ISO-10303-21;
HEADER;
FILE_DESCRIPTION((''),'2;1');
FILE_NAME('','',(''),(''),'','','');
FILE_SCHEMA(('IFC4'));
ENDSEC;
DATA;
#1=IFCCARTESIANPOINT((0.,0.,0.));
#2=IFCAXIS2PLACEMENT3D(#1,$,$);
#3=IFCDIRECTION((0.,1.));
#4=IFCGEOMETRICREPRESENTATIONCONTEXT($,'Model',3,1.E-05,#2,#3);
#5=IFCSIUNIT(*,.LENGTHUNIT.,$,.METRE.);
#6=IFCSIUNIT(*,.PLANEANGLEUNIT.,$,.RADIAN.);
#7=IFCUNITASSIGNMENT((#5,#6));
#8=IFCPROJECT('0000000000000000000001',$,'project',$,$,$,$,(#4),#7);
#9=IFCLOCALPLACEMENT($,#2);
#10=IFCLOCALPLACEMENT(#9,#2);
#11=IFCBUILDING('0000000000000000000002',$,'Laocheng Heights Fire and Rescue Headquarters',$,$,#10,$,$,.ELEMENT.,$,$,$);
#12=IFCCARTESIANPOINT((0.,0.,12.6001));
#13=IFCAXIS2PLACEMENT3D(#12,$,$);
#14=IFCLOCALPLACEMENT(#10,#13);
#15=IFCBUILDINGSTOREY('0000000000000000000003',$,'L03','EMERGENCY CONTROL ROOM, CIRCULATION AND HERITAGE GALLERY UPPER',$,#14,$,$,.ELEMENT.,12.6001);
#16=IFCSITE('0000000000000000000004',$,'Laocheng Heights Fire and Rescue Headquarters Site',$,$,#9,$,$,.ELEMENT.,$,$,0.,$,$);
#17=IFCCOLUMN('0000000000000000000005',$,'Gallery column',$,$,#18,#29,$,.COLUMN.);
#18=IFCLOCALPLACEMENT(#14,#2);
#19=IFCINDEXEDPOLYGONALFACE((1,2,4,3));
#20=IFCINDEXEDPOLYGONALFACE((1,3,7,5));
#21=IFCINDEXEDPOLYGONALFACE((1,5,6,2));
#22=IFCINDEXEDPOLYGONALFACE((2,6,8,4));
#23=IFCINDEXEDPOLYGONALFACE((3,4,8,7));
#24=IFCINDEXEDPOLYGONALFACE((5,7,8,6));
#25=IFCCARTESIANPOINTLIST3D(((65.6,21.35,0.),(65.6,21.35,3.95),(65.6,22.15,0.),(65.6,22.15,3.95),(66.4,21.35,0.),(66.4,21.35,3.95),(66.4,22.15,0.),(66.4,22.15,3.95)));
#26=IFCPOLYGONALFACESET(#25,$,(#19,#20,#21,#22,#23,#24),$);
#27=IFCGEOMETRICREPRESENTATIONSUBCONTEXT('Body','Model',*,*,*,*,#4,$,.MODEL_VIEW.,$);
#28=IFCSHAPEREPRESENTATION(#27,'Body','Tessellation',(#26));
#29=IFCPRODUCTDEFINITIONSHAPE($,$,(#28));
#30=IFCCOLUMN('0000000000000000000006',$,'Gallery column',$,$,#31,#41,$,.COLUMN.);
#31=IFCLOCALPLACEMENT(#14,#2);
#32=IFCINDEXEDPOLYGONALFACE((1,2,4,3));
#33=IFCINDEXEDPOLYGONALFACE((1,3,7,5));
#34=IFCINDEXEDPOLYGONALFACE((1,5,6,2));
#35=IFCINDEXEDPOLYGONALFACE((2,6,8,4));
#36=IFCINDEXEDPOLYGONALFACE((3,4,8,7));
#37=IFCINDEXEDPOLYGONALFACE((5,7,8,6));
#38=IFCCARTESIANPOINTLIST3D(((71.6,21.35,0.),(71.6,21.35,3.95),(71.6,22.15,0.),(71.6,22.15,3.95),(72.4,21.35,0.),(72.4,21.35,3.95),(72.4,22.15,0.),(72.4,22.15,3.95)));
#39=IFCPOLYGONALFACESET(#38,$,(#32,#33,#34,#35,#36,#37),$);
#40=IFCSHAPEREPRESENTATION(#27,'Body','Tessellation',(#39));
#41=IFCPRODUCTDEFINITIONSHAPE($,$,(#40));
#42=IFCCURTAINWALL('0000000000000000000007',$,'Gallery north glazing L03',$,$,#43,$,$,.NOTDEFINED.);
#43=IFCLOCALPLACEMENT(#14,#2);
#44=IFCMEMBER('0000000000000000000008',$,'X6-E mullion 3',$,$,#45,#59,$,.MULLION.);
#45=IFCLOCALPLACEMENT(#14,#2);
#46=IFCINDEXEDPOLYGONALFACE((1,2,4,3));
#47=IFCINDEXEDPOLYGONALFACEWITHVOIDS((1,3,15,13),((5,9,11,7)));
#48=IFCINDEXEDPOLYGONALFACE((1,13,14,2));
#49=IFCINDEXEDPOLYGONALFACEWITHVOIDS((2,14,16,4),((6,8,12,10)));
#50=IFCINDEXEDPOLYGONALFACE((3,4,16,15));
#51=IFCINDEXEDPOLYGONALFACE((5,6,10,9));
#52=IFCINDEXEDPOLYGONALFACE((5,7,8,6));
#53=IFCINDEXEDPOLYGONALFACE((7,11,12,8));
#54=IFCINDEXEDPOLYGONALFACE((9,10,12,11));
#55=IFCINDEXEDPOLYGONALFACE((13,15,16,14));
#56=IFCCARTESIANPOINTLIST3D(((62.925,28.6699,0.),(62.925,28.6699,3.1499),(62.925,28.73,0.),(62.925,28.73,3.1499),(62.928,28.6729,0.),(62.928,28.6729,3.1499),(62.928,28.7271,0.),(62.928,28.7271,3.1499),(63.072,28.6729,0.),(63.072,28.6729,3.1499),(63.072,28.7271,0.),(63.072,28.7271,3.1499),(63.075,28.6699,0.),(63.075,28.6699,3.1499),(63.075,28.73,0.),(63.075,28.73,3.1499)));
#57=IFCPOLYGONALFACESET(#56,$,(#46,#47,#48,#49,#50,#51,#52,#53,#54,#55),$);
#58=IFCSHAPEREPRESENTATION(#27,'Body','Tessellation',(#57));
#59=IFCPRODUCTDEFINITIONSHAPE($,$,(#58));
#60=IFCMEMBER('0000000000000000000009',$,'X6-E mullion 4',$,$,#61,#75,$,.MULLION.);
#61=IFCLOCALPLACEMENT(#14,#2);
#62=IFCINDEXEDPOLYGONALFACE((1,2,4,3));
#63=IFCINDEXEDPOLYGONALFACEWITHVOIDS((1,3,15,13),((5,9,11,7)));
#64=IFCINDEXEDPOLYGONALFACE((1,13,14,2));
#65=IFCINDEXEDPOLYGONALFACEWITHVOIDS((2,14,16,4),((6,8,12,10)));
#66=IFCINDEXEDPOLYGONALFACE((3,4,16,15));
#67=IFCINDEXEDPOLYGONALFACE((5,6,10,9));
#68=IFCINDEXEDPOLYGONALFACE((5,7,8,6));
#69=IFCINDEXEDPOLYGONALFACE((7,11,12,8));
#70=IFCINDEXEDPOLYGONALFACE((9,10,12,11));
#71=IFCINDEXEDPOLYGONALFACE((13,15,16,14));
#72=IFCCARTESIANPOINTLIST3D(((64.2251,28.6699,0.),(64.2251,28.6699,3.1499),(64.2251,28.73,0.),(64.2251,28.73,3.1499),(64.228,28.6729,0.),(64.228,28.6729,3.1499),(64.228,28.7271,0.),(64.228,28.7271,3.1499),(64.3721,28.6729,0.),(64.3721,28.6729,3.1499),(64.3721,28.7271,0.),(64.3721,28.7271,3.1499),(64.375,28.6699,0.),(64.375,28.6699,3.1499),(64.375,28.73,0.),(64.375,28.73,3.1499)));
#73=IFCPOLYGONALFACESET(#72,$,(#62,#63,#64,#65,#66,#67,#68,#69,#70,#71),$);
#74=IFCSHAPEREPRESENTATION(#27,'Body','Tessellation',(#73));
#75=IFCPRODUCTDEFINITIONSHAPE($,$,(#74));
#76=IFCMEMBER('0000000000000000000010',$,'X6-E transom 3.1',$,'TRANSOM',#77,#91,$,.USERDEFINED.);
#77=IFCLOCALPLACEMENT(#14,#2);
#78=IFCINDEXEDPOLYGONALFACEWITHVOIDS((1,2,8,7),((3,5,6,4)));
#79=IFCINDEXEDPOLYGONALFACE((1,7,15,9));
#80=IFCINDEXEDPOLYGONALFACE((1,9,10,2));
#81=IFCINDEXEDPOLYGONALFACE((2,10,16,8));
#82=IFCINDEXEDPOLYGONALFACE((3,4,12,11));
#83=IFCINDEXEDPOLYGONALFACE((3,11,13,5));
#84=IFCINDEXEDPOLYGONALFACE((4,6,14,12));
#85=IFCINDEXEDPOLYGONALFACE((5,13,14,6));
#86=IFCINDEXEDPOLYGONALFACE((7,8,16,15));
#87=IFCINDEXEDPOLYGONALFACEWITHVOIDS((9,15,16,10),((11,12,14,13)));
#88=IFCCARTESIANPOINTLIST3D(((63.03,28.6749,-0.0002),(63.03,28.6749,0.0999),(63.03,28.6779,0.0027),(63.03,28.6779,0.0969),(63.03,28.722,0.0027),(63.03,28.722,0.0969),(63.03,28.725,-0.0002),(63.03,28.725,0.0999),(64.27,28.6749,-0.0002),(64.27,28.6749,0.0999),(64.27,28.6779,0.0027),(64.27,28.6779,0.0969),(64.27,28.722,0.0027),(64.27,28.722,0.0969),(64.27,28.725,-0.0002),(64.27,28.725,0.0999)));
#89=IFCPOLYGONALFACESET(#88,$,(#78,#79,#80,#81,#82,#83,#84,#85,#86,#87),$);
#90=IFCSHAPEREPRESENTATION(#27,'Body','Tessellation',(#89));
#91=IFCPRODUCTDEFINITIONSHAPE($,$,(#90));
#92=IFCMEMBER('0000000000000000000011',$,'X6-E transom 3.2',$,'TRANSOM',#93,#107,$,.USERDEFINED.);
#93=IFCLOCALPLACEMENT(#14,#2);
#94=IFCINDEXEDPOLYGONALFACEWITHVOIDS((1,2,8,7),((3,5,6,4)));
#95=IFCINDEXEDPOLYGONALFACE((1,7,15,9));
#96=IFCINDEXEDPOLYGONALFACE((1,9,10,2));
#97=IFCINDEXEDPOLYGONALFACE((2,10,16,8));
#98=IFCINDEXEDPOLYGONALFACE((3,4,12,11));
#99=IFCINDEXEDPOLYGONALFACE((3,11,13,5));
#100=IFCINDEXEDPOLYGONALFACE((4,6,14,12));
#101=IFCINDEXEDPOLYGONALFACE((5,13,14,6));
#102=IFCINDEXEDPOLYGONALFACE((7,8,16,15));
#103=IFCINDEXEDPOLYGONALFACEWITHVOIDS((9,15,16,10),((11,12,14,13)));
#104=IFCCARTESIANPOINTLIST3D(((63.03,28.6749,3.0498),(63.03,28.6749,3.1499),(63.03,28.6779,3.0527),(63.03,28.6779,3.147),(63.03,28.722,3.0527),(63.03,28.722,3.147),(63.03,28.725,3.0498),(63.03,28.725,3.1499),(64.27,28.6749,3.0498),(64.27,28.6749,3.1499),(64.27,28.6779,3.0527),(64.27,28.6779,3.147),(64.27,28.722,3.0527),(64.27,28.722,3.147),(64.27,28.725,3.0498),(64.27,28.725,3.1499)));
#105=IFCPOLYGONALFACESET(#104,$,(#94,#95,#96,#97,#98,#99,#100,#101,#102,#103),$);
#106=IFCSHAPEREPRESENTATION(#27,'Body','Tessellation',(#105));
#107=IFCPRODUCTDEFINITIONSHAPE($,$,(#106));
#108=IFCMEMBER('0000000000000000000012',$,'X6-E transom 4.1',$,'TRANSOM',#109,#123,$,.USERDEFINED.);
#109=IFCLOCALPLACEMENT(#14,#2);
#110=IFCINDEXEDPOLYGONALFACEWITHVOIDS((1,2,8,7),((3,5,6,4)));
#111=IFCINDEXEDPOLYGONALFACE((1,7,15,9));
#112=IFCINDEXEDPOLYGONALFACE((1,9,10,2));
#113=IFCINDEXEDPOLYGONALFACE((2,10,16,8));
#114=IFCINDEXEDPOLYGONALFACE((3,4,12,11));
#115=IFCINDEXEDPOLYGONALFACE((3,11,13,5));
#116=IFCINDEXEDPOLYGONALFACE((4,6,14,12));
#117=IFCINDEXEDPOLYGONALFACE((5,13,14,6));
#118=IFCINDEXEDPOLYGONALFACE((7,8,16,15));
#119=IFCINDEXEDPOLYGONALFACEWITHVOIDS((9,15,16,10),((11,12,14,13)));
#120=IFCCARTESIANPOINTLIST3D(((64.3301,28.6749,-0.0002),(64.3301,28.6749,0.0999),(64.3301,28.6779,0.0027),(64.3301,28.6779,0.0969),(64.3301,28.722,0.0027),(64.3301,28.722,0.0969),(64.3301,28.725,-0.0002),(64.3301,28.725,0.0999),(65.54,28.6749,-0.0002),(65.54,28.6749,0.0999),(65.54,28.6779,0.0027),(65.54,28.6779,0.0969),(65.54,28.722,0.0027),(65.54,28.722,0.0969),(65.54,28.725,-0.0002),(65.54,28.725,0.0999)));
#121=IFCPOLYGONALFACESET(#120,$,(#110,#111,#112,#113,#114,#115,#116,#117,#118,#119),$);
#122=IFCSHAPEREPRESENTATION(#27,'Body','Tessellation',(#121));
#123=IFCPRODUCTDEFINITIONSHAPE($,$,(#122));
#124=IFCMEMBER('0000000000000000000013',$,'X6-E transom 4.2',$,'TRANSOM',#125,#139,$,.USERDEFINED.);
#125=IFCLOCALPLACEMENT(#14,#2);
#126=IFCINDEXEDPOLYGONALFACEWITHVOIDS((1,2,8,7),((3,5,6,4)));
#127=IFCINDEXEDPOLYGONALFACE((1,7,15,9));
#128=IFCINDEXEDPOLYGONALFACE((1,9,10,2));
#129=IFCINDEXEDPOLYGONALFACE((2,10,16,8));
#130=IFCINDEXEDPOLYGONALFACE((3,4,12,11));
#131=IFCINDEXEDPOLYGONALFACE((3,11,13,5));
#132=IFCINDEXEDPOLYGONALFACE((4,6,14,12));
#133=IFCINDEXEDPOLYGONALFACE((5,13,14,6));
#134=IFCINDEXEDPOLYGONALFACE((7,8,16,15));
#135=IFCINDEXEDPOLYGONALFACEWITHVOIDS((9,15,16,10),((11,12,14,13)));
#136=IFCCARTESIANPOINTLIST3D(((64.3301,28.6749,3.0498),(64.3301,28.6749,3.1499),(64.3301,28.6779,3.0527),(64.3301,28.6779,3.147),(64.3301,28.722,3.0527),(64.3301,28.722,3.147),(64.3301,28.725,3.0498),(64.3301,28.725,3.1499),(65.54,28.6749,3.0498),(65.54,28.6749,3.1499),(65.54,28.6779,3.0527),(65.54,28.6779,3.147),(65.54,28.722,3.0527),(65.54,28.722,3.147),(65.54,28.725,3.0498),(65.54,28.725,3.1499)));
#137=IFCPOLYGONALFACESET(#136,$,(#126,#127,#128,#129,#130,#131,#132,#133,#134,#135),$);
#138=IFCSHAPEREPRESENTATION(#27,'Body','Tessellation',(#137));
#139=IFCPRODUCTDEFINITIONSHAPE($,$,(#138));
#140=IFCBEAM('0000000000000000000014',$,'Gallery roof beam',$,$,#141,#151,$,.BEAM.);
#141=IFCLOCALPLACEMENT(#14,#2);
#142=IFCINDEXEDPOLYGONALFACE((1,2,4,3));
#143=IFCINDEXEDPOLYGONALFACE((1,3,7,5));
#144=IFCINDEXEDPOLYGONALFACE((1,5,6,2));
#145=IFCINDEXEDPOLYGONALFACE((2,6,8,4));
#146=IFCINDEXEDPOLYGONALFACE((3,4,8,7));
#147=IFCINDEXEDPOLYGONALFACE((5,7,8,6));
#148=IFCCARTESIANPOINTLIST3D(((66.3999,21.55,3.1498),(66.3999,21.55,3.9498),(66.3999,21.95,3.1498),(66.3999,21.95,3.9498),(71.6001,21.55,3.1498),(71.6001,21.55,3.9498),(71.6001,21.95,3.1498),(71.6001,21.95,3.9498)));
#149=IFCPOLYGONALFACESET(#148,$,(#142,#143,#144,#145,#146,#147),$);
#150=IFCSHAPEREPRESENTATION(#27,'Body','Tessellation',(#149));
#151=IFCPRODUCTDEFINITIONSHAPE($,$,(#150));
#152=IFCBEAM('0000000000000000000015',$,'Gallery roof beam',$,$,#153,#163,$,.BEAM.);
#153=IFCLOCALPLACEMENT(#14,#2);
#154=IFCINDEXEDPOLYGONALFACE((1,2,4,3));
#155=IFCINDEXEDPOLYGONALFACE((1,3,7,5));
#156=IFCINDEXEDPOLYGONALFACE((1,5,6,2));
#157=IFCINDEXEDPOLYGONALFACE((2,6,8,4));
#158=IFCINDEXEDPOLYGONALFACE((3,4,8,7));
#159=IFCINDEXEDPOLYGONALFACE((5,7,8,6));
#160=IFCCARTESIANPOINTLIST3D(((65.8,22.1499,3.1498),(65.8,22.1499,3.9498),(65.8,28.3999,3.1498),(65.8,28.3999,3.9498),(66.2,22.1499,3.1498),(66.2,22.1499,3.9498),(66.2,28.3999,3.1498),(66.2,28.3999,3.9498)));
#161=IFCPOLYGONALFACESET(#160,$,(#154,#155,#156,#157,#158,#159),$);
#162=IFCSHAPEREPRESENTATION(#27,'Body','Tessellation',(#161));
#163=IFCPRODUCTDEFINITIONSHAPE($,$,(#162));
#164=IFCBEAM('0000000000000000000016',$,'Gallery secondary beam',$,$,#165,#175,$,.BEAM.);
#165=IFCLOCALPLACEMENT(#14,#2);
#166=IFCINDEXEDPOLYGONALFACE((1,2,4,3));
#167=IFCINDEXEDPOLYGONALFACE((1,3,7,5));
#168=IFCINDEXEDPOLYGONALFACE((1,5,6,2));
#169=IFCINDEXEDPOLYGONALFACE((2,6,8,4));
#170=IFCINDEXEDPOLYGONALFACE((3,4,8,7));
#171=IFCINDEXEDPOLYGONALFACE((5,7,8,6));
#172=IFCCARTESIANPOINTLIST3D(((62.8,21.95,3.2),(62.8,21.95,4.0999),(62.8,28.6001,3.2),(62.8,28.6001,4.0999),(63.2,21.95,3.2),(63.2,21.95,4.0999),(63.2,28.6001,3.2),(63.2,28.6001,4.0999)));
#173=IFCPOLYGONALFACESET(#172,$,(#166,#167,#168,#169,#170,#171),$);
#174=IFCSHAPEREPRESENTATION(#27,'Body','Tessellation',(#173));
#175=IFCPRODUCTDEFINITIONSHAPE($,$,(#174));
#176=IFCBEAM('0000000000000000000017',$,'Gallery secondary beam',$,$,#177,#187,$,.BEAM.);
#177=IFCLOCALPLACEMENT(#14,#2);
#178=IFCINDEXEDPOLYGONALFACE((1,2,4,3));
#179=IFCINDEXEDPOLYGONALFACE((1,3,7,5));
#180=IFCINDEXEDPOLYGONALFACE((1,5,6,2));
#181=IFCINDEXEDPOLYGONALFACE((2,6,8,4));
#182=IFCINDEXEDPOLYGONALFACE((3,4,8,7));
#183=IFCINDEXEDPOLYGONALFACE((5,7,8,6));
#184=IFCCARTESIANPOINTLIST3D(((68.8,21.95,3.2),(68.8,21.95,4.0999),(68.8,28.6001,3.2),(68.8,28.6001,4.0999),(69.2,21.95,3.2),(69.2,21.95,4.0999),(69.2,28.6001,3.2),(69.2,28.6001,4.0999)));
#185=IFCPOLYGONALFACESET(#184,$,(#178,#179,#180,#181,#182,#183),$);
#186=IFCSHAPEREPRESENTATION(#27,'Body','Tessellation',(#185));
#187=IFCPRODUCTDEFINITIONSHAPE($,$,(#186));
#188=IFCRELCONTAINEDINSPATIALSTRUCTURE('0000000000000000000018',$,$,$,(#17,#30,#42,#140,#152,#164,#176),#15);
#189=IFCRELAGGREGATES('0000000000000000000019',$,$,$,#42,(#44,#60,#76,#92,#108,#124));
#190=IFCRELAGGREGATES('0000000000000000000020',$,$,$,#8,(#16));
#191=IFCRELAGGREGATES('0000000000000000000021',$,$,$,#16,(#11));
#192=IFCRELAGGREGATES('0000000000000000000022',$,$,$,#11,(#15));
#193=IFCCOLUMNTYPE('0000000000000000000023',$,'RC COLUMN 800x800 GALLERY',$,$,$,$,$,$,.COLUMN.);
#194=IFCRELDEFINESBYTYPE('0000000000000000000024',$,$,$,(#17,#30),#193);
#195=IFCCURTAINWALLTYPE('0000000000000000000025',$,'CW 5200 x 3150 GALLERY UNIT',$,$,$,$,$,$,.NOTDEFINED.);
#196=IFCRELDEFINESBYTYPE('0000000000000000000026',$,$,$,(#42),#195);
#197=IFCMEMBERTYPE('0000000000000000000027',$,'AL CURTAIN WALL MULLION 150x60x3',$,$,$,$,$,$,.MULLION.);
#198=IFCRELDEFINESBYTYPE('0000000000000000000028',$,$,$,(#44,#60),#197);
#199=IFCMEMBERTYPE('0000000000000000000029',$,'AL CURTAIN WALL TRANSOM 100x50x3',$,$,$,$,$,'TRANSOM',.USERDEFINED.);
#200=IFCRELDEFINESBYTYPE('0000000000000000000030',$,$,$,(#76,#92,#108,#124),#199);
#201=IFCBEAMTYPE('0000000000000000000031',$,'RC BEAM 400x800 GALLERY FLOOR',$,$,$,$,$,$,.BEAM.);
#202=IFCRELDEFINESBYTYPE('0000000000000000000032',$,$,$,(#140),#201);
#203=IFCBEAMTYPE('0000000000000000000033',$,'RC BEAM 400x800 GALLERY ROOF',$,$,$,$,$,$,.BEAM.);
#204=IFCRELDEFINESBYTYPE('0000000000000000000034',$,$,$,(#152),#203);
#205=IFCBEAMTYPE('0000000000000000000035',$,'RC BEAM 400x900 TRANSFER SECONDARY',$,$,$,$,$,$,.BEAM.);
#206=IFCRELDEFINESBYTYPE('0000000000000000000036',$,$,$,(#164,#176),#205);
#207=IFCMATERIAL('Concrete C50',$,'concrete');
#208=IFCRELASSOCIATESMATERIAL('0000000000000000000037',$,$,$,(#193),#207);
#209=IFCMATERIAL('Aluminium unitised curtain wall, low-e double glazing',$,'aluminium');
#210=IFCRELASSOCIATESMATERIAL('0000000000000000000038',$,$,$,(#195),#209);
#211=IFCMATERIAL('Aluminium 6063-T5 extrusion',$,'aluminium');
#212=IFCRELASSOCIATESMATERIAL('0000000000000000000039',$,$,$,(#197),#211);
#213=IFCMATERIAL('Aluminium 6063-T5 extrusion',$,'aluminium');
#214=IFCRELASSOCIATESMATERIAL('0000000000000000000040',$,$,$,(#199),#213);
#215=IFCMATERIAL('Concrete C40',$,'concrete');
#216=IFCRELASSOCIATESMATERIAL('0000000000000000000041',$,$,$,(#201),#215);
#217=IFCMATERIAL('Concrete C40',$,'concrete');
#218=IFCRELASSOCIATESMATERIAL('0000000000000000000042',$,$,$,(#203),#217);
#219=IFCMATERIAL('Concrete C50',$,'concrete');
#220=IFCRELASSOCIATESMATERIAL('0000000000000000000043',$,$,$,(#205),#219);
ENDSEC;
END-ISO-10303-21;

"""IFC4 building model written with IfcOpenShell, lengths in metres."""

from ifc_helpers import new_model, si_unit, direction, frame, origin, origin_2d, place, context, subcontext, project, spatial, rectangle, hollow_rectangle, extrude, material, material_profile, profile_set, type_object, element, aggregate, save


model = new_model("IFC4")

# Units and contexts
model_context = context("Model", 3, precision=1e-05, world=origin(), true_north=direction((0.0, 1.0)))
body_context = subcontext(model_context, "Body", "Model", "MODEL_VIEW")
ifc_project = project(units=[si_unit("LENGTHUNIT", "METRE"), si_unit("PLANEANGLEUNIT", "RADIAN")], contexts=[model_context])

# Site, building, storey
site_placement = place(None, origin())
site = spatial("IfcSite", under=ifc_project, at=site_placement, Name="Laocheng Heights Fire and Rescue Headquarters Site", CompositionType="ELEMENT", RefElevation=0.0)
building_placement = place(site_placement, origin())
building = spatial("IfcBuilding", under=site, at=building_placement, Name="Laocheng Heights Fire and Rescue Headquarters", CompositionType="ELEMENT")
storey_placement = place(building_placement, frame((0.0, 0.0, 12.6001)))
storey = spatial("IfcBuildingStorey", under=building, at=storey_placement, Name="L03", Description="EMERGENCY CONTROL ROOM, CIRCULATION AND HERITAGE GALLERY UPPER", CompositionType="ELEMENT", Elevation=12.6001)

# Columns
ifc_material_1 = material(Name="Concrete C50", Category="concrete")
ifc_material_profile_1 = material_profile(ifc_material_1, rectangle(XDim=0.8, YDim=0.8, at=origin_2d()), Name="RC COLUMN 800x800 GALLERY")
ifc_profile_set_1 = profile_set([ifc_material_profile_1], Name="Concrete C50")
column_type = type_object("IfcColumnType", Name="RC COLUMN 800x800 GALLERY", PredefinedType="COLUMN", material=ifc_profile_set_1)
for number, where, z_axis, x_axis, name in (
    (1, (66.0, 21.75, 0.0), (0.0, 0.0, 1.0), (1.0, 0.0, 0.0), "Gallery column"),
    (2, (72.0, 21.75, 0.0), (0.0, 0.0, 1.0), (1.0, 0.0, 0.0), "Gallery column"),
):
    element("IfcColumn", number, at=place(storey_placement, frame(where, z_axis=z_axis, x_axis=x_axis)), inside=storey, type_object=column_type, Name=name, PredefinedType="COLUMN", context=body_context, shape_type="SweptSolid", body=[
        extrude(rectangle(XDim=0.8, YDim=0.8, at=origin_2d()), origin(), (0.0, 0.0, 1.0), 3.95),
    ])

# Curtain wall, members
ifc_material_2 = material(Name="Aluminium unitised curtain wall, low-e double glazing", Category="aluminium")
curtain_wall_type = type_object("IfcCurtainWallType", Name="CW 5200 x 3150 GALLERY UNIT", PredefinedType="NOTDEFINED", material=ifc_material_2)
curtain_wall_placement = place(storey_placement, origin())
curtain_wall = element("IfcCurtainWall", 3, at=curtain_wall_placement, inside=storey, type_object=curtain_wall_type, Name="Gallery north glazing L03", PredefinedType="NOTDEFINED")
ifc_material_3 = material(Name="Aluminium 6063-T5 extrusion", Category="aluminium")
ifc_material_profile_2 = material_profile(ifc_material_3, hollow_rectangle(XDim=0.0601, YDim=0.1499, WallThickness=0.0029, at=origin_2d()), Name="AL MULLION 150x60x3")
ifc_profile_set_2 = profile_set([ifc_material_profile_2], Name="Aluminium 6063-T5 extrusion")
member_type_1 = type_object("IfcMemberType", Name="AL CURTAIN WALL MULLION 150x60x3", PredefinedType="MULLION", material=ifc_profile_set_2)
member_1_placement = place(storey_placement, frame((63.0, 28.7, 0.0), z_axis=(0.0, 0.0, 1.0), x_axis=(0.0, 1.0, 0.0)))
member_1 = element("IfcMember", 4, at=member_1_placement, type_object=member_type_1, Name="X6-E mullion 3", PredefinedType="MULLION", context=body_context, shape_type="SweptSolid", body=[
    extrude(hollow_rectangle(XDim=0.0601, YDim=0.1499, WallThickness=0.0029, at=origin_2d()), origin(), (0.0, 0.0, 1.0), 3.1499),
])
member_2_placement = place(storey_placement, frame((64.3, 28.7, 0.0), z_axis=(0.0, 0.0, 1.0), x_axis=(0.0, 1.0, 0.0)))
member_2 = element("IfcMember", 5, at=member_2_placement, type_object=member_type_1, Name="X6-E mullion 4", PredefinedType="MULLION", context=body_context, shape_type="SweptSolid", body=[
    extrude(hollow_rectangle(XDim=0.0601, YDim=0.1499, WallThickness=0.0029, at=origin_2d()), origin(), (0.0, 0.0, 1.0), 3.1499),
])
ifc_material_4 = material(Name="Aluminium 6063-T5 extrusion", Category="aluminium")
ifc_material_profile_3 = material_profile(ifc_material_4, hollow_rectangle(XDim=0.05, YDim=0.1001, WallThickness=0.0029, at=origin_2d()), Name="AL TRANSOM 100x50x3")
ifc_profile_set_3 = profile_set([ifc_material_profile_3], Name="Aluminium 6063-T5 extrusion")
member_type_2 = type_object("IfcMemberType", Name="AL CURTAIN WALL TRANSOM 100x50x3", ElementType="TRANSOM", PredefinedType="USERDEFINED", material=ifc_profile_set_3)
member_3_placement = place(storey_placement, frame((63.03, 28.7, 0.0498), z_axis=(1.0, 0.0, 0.0), x_axis=(0.0, 1.0, 0.0)))
member_3 = element("IfcMember", 6, at=member_3_placement, type_object=member_type_2, Name="X6-E transom 3.1", ObjectType="TRANSOM", PredefinedType="USERDEFINED", context=body_context, shape_type="SweptSolid", body=[
    extrude(hollow_rectangle(XDim=0.05, YDim=0.1001, WallThickness=0.0029, at=origin_2d()), origin(), (0.0, 0.0, 1.0), 1.24),
])
member_4_placement = place(storey_placement, frame((63.03, 28.7, 3.0999), z_axis=(1.0, 0.0, 0.0), x_axis=(0.0, 1.0, 0.0)))
member_4 = element("IfcMember", 7, at=member_4_placement, type_object=member_type_2, Name="X6-E transom 3.2", ObjectType="TRANSOM", PredefinedType="USERDEFINED", context=body_context, shape_type="SweptSolid", body=[
    extrude(hollow_rectangle(XDim=0.05, YDim=0.1001, WallThickness=0.0029, at=origin_2d()), origin(), (0.0, 0.0, 1.0), 1.24),
])
member_5_placement = place(storey_placement, frame((64.3301, 28.7, 0.0498), z_axis=(1.0, 0.0, 0.0), x_axis=(0.0, 1.0, 0.0)))
member_5 = element("IfcMember", 8, at=member_5_placement, type_object=member_type_2, Name="X6-E transom 4.1", ObjectType="TRANSOM", PredefinedType="USERDEFINED", context=body_context, shape_type="SweptSolid", body=[
    extrude(hollow_rectangle(XDim=0.05, YDim=0.1001, WallThickness=0.0029, at=origin_2d()), origin(), (0.0, 0.0, 1.0), 1.21),
])
member_6_placement = place(storey_placement, frame((64.3301, 28.7, 3.0999), z_axis=(1.0, 0.0, 0.0), x_axis=(0.0, 1.0, 0.0)))
member_6 = element("IfcMember", 9, at=member_6_placement, type_object=member_type_2, Name="X6-E transom 4.2", ObjectType="TRANSOM", PredefinedType="USERDEFINED", context=body_context, shape_type="SweptSolid", body=[
    extrude(hollow_rectangle(XDim=0.05, YDim=0.1001, WallThickness=0.0029, at=origin_2d()), origin(), (0.0, 0.0, 1.0), 1.21),
])

# Beams
ifc_material_5 = material(Name="Concrete C40", Category="concrete")
ifc_material_profile_4 = material_profile(ifc_material_5, rectangle(XDim=0.3999, YDim=0.8, at=origin_2d()), Name="RC BEAM 400x800 GALLERY FLOOR")
ifc_profile_set_4 = profile_set([ifc_material_profile_4], Name="Concrete C40")
beam_type_1 = type_object("IfcBeamType", Name="RC BEAM 400x800 GALLERY FLOOR", PredefinedType="BEAM", material=ifc_profile_set_4)
beam_1_placement = place(storey_placement, frame((66.3999, 21.75, 3.5498), z_axis=(1.0, 0.0, 0.0), x_axis=(0.0, 1.0, 0.0)))
element("IfcBeam", 10, at=beam_1_placement, inside=storey, type_object=beam_type_1, Name="Gallery roof beam", PredefinedType="BEAM", context=body_context, shape_type="SweptSolid", body=[
    extrude(rectangle(XDim=0.3999, YDim=0.8, at=origin_2d()), origin(), (0.0, 0.0, 1.0), 5.2002),
])
ifc_material_6 = material(Name="Concrete C40", Category="concrete")
ifc_material_profile_5 = material_profile(ifc_material_6, rectangle(XDim=0.3999, YDim=0.8, at=origin_2d()), Name="RC BEAM 400x800 GALLERY ROOF")
ifc_profile_set_5 = profile_set([ifc_material_profile_5], Name="Concrete C40")
beam_type_2 = type_object("IfcBeamType", Name="RC BEAM 400x800 GALLERY ROOF", PredefinedType="BEAM", material=ifc_profile_set_5)
beam_2_placement = place(storey_placement, frame((66.0, 22.1499, 3.5498), z_axis=(0.0, 1.0, 0.0), x_axis=(-1.0, 0.0, 0.0)))
element("IfcBeam", 11, at=beam_2_placement, inside=storey, type_object=beam_type_2, Name="Gallery roof beam", PredefinedType="BEAM", context=body_context, shape_type="SweptSolid", body=[
    extrude(rectangle(XDim=0.3999, YDim=0.8, at=origin_2d()), origin(), (0.0, 0.0, 1.0), 6.25),
])
ifc_material_7 = material(Name="Concrete C50", Category="concrete")
ifc_material_profile_6 = material_profile(ifc_material_7, rectangle(XDim=0.3999, YDim=0.8999, at=origin_2d()), Name="RC BEAM 400x900 TRANSFER SECONDARY")
ifc_profile_set_6 = profile_set([ifc_material_profile_6], Name="Concrete C50")
beam_type_3 = type_object("IfcBeamType", Name="RC BEAM 400x900 TRANSFER SECONDARY", PredefinedType="BEAM", material=ifc_profile_set_6)
for number, where, z_axis, x_axis, name in (
    (12, (63.0, 21.95, 3.6499), (0.0, 1.0, 0.0), (-1.0, 0.0, 0.0), "Gallery secondary beam"),
    (13, (69.0, 21.95, 3.6499), (0.0, 1.0, 0.0), (-1.0, 0.0, 0.0), "Gallery secondary beam"),
):
    element("IfcBeam", number, at=place(storey_placement, frame(where, z_axis=z_axis, x_axis=x_axis)), inside=storey, type_object=beam_type_3, Name=name, PredefinedType="BEAM", context=body_context, shape_type="SweptSolid", body=[
        extrude(rectangle(XDim=0.3999, YDim=0.8999, at=origin_2d()), origin(), (0.0, 0.0, 1.0), 6.6501),
    ])

aggregate(curtain_wall, [member_1, member_2, member_3, member_4, member_5, member_6])

save(model, "model.ifc")
